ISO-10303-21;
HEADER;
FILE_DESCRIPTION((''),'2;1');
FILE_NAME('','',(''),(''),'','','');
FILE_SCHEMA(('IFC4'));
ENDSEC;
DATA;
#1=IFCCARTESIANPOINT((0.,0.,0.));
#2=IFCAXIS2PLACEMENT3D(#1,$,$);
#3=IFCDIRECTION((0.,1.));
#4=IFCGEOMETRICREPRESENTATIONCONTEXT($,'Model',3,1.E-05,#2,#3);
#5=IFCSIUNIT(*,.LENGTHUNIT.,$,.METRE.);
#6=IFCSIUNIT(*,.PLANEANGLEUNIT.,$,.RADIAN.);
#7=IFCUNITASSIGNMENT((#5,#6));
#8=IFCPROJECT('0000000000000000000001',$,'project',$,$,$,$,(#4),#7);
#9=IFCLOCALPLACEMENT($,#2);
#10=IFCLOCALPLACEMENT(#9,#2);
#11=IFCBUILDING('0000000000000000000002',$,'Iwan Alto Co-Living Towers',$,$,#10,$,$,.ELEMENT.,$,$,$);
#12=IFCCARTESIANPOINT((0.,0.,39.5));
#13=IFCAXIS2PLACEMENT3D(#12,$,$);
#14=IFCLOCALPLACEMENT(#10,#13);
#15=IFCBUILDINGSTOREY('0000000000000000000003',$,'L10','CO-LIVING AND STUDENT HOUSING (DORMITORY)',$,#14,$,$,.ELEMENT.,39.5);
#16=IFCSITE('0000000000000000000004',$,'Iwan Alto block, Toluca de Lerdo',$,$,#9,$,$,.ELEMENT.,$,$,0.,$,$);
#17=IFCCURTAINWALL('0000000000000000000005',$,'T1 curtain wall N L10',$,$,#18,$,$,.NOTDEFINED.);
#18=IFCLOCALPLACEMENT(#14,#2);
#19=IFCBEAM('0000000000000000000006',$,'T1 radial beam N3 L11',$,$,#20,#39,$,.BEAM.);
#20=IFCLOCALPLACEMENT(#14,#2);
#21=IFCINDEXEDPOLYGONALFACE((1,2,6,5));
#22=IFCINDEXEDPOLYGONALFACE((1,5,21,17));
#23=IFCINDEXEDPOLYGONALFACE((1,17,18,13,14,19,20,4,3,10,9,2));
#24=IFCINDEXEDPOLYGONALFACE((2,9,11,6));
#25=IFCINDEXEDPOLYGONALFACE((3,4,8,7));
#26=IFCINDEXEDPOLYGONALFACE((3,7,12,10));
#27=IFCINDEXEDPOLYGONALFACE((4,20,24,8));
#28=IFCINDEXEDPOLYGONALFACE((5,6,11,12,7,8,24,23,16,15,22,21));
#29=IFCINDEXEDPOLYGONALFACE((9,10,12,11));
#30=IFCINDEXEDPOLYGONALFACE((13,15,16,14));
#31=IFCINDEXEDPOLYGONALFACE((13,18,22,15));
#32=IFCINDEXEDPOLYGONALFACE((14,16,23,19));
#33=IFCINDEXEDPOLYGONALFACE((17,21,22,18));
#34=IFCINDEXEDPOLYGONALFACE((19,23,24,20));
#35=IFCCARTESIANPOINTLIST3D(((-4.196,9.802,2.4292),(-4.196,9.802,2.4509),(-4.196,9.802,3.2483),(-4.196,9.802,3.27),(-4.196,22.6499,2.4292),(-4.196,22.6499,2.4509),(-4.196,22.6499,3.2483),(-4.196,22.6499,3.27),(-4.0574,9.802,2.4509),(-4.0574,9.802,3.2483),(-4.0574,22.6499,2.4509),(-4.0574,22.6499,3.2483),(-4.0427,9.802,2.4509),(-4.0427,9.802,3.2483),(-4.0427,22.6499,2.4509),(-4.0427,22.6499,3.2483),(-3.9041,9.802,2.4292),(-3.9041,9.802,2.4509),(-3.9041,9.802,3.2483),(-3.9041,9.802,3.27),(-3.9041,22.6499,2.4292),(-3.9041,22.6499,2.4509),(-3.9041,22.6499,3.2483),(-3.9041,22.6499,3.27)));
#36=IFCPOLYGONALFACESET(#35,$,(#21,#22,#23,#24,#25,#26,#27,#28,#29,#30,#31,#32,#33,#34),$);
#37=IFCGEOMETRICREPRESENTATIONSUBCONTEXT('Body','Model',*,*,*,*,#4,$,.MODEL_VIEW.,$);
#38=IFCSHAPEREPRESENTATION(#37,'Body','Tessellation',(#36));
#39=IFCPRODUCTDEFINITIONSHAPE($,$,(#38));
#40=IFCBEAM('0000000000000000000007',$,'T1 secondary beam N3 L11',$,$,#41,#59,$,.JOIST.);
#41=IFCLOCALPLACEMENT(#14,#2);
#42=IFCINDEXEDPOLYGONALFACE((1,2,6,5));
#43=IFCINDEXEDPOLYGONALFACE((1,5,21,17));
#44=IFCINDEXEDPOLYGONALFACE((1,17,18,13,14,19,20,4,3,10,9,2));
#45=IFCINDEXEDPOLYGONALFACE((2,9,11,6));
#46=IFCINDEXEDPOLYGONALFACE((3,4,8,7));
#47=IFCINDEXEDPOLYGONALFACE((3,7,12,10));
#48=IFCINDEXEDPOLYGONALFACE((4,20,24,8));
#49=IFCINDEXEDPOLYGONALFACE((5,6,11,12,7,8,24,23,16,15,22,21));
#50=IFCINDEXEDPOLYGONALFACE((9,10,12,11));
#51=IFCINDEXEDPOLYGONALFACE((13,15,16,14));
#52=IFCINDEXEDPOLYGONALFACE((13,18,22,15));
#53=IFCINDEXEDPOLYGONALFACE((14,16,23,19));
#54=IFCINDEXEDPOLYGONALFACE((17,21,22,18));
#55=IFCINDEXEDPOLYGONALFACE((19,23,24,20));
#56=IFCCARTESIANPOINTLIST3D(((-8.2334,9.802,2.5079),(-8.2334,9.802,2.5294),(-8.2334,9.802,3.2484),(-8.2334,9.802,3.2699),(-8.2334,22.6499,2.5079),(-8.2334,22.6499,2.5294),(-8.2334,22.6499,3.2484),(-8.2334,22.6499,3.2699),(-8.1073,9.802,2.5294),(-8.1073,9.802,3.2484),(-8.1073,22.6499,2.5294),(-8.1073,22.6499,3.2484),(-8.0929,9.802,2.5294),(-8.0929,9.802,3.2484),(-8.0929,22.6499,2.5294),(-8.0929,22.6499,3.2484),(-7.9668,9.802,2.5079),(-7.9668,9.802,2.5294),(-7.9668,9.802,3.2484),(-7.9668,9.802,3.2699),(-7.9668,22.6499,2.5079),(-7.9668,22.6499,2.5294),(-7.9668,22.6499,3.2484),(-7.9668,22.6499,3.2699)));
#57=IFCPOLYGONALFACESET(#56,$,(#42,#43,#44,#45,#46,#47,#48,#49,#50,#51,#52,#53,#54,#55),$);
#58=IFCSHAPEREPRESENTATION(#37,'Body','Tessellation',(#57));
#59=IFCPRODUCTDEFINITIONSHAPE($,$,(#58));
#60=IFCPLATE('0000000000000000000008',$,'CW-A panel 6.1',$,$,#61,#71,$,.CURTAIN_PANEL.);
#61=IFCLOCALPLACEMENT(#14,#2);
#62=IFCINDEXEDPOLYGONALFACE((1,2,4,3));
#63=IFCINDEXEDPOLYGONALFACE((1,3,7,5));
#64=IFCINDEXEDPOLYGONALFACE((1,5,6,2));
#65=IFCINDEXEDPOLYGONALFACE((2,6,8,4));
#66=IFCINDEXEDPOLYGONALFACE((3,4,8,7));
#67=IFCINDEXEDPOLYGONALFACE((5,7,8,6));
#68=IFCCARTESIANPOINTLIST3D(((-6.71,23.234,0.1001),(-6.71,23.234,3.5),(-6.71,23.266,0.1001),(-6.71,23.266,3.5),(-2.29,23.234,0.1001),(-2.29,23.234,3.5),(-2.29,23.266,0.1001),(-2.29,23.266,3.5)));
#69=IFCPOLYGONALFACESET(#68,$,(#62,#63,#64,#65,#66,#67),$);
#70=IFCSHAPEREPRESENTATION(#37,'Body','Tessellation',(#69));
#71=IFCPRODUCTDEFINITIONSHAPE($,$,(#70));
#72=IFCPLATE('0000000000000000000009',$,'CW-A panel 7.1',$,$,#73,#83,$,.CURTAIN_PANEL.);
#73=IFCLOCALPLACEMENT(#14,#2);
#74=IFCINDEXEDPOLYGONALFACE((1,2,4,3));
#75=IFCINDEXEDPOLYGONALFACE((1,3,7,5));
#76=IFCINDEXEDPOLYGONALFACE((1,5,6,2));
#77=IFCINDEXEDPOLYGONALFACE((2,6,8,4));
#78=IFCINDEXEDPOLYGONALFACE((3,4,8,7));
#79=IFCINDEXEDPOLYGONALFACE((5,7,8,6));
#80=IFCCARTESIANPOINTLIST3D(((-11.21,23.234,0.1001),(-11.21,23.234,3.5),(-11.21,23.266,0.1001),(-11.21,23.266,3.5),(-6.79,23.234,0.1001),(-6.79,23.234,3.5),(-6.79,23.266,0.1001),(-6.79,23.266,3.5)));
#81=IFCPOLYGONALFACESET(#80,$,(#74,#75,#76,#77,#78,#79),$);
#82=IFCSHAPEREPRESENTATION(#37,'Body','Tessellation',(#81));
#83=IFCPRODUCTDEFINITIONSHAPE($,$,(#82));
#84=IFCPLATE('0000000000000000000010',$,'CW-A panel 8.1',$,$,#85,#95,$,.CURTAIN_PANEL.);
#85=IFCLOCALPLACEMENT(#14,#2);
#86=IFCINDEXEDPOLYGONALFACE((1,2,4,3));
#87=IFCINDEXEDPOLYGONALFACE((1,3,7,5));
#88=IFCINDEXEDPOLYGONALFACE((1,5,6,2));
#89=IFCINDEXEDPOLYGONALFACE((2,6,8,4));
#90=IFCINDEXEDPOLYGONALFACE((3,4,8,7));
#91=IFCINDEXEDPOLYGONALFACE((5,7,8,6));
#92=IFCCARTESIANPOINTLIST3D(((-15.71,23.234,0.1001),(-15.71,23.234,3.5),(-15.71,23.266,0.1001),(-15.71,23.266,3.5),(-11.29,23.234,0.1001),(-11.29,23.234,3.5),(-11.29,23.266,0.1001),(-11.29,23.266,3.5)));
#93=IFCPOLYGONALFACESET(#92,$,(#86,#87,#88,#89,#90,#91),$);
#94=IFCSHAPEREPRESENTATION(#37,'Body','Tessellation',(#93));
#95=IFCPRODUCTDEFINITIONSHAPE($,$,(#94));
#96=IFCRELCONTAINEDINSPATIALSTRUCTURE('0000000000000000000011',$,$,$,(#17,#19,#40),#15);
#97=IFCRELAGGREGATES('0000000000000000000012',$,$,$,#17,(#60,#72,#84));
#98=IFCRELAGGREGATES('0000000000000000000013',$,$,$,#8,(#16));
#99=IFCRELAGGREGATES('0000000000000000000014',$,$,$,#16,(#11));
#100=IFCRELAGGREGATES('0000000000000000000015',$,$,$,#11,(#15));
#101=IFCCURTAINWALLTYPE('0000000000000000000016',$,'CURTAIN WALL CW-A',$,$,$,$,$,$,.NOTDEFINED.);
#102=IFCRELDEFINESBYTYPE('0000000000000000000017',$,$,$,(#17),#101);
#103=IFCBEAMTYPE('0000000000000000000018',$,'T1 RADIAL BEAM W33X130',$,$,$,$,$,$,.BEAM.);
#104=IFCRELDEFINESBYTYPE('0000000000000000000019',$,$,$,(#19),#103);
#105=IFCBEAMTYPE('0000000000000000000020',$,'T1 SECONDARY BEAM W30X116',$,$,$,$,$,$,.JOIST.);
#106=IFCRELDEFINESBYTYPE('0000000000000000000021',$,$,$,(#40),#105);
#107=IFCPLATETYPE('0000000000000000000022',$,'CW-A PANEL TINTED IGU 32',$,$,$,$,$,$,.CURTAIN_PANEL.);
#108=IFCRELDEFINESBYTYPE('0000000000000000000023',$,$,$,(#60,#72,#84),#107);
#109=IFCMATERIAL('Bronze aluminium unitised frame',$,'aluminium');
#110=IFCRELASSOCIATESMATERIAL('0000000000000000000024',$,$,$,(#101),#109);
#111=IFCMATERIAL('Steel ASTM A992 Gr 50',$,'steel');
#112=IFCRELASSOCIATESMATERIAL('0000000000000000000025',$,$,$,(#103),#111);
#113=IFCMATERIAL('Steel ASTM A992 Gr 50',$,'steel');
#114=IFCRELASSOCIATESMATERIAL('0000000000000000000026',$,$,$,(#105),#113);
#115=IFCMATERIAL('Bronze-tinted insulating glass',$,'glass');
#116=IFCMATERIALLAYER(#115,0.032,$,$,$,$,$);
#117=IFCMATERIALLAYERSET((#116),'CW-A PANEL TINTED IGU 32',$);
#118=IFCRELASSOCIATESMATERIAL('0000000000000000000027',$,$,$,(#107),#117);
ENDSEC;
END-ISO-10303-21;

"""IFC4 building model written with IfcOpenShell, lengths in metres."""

from ifc_helpers import new_model, si_unit, direction, frame, origin, origin_2d, place, context, subcontext, project, spatial, rectangle, i_section, extrude, material, layer, layer_set, material_profile, profile_set, type_object, element, aggregate, save


model = new_model("IFC4")

# Units and contexts
model_context = context("Model", 3, precision=1e-05, world=origin(), true_north=direction((0.0, 1.0)))
body_context = subcontext(model_context, "Body", "Model", "MODEL_VIEW")
ifc_project = project(units=[si_unit("LENGTHUNIT", "METRE"), si_unit("PLANEANGLEUNIT", "RADIAN")], contexts=[model_context])

# Site, building, storey
site_placement = place(None, origin())
site = spatial("IfcSite", under=ifc_project, at=site_placement, Name="Iwan Alto block, Toluca de Lerdo", CompositionType="ELEMENT", RefElevation=0.0)
building_placement = place(site_placement, origin())
building = spatial("IfcBuilding", under=site, at=building_placement, Name="Iwan Alto Co-Living Towers", CompositionType="ELEMENT")
storey_placement = place(building_placement, frame((0.0, 0.0, 39.5)))
storey = spatial("IfcBuildingStorey", under=building, at=storey_placement, Name="L10", Description="CO-LIVING AND STUDENT HOUSING (DORMITORY)", CompositionType="ELEMENT", Elevation=39.5)

# Curtain wall
ifc_material_1 = material(Name="Bronze aluminium unitised frame", Category="aluminium")
curtain_wall_type = type_object("IfcCurtainWallType", Name="CURTAIN WALL CW-A", PredefinedType="NOTDEFINED", material=ifc_material_1)
curtain_wall_placement = place(storey_placement, origin())
curtain_wall = element("IfcCurtainWall", 1, at=curtain_wall_placement, inside=storey, type_object=curtain_wall_type, Name="T1 curtain wall N L10", PredefinedType="NOTDEFINED")

# Beams
ifc_material_2 = material(Name="Steel ASTM A992 Gr 50", Category="steel")
ifc_material_profile_1 = material_profile(ifc_material_2, i_section(OverallWidth=0.292, OverallDepth=0.8408, WebThickness=0.0146, FlangeThickness=0.0217, at=origin_2d()), Name="W33X130")
ifc_profile_set_1 = profile_set([ifc_material_profile_1], Name="Steel ASTM A992 Gr 50")
beam_type_1 = type_object("IfcBeamType", Name="T1 RADIAL BEAM W33X130", PredefinedType="BEAM", material=ifc_profile_set_1)
beam_1_placement = place(storey_placement, frame((-4.05, 22.6499, 2.8496), z_axis=(0.0, -1.0, 0.0), x_axis=(1.0, 0.0, 0.0)))
element("IfcBeam", 2, at=beam_1_placement, inside=storey, type_object=beam_type_1, Name="T1 radial beam N3 L11", PredefinedType="BEAM", context=body_context, shape_type="SweptSolid", body=[
    extrude(i_section(OverallWidth=0.292, OverallDepth=0.8408, WebThickness=0.0146, FlangeThickness=0.0217, at=origin_2d()), origin(), (0.0, 0.0, 1.0), 12.8479),
])
ifc_material_3 = material(Name="Steel ASTM A992 Gr 50", Category="steel")
ifc_material_profile_2 = material_profile(ifc_material_3, i_section(OverallWidth=0.2666, OverallDepth=0.762, WebThickness=0.0144, FlangeThickness=0.0215, at=origin_2d()), Name="W30X116")
ifc_profile_set_2 = profile_set([ifc_material_profile_2], Name="Steel ASTM A992 Gr 50")
beam_type_2 = type_object("IfcBeamType", Name="T1 SECONDARY BEAM W30X116", PredefinedType="JOIST", material=ifc_profile_set_2)
beam_2_placement = place(storey_placement, frame((-8.1001, 22.6499, 2.8889), z_axis=(0.0, -1.0, 0.0), x_axis=(1.0, 0.0, 0.0)))
element("IfcBeam", 3, at=beam_2_placement, inside=storey, type_object=beam_type_2, Name="T1 secondary beam N3 L11", PredefinedType="JOIST", context=body_context, shape_type="SweptSolid", body=[
    extrude(i_section(OverallWidth=0.2666, OverallDepth=0.762, WebThickness=0.0144, FlangeThickness=0.0215, at=origin_2d()), origin(), (0.0, 0.0, 1.0), 12.8479),
])

# Plates
ifc_material_4 = material(Name="Bronze-tinted insulating glass", Category="glass")
ifc_layer_1 = layer(ifc_material_4, 0.032)
ifc_layer_set_1 = layer_set([ifc_layer_1], Name="CW-A PANEL TINTED IGU 32")
plate_type = type_object("IfcPlateType", Name="CW-A PANEL TINTED IGU 32", PredefinedType="CURTAIN_PANEL", material=ifc_layer_set_1)
plate_1_placement = place(storey_placement, frame((-4.5, 23.25, 0.1001), z_axis=(0.0, 0.0, 1.0), x_axis=(-1.0, 0.0, 0.0)))
plate_1 = element("IfcPlate", 4, at=plate_1_placement, type_object=plate_type, Name="CW-A panel 6.1", PredefinedType="CURTAIN_PANEL", context=body_context, shape_type="SweptSolid", body=[
    extrude(rectangle(XDim=4.4199, YDim=0.032, at=origin_2d()), origin(), (0.0, 0.0, 1.0), 3.3999),
])
plate_2_placement = place(storey_placement, frame((-9.0, 23.25, 0.1001), z_axis=(0.0, 0.0, 1.0), x_axis=(-1.0, 0.0, 0.0)))
plate_2 = element("IfcPlate", 5, at=plate_2_placement, type_object=plate_type, Name="CW-A panel 7.1", PredefinedType="CURTAIN_PANEL", context=body_context, shape_type="SweptSolid", body=[
    extrude(rectangle(XDim=4.4199, YDim=0.032, at=origin_2d()), origin(), (0.0, 0.0, 1.0), 3.3999),
])
plate_3_placement = place(storey_placement, frame((-13.5, 23.25, 0.1001), z_axis=(0.0, 0.0, 1.0), x_axis=(-1.0, 0.0, 0.0)))
plate_3 = element("IfcPlate", 6, at=plate_3_placement, type_object=plate_type, Name="CW-A panel 8.1", PredefinedType="CURTAIN_PANEL", context=body_context, shape_type="SweptSolid", body=[
    extrude(rectangle(XDim=4.4199, YDim=0.032, at=origin_2d()), origin(), (0.0, 0.0, 1.0), 3.3999),
])
aggregate(curtain_wall, [plate_1, plate_2, plate_3])

save(model, "model.ifc")
